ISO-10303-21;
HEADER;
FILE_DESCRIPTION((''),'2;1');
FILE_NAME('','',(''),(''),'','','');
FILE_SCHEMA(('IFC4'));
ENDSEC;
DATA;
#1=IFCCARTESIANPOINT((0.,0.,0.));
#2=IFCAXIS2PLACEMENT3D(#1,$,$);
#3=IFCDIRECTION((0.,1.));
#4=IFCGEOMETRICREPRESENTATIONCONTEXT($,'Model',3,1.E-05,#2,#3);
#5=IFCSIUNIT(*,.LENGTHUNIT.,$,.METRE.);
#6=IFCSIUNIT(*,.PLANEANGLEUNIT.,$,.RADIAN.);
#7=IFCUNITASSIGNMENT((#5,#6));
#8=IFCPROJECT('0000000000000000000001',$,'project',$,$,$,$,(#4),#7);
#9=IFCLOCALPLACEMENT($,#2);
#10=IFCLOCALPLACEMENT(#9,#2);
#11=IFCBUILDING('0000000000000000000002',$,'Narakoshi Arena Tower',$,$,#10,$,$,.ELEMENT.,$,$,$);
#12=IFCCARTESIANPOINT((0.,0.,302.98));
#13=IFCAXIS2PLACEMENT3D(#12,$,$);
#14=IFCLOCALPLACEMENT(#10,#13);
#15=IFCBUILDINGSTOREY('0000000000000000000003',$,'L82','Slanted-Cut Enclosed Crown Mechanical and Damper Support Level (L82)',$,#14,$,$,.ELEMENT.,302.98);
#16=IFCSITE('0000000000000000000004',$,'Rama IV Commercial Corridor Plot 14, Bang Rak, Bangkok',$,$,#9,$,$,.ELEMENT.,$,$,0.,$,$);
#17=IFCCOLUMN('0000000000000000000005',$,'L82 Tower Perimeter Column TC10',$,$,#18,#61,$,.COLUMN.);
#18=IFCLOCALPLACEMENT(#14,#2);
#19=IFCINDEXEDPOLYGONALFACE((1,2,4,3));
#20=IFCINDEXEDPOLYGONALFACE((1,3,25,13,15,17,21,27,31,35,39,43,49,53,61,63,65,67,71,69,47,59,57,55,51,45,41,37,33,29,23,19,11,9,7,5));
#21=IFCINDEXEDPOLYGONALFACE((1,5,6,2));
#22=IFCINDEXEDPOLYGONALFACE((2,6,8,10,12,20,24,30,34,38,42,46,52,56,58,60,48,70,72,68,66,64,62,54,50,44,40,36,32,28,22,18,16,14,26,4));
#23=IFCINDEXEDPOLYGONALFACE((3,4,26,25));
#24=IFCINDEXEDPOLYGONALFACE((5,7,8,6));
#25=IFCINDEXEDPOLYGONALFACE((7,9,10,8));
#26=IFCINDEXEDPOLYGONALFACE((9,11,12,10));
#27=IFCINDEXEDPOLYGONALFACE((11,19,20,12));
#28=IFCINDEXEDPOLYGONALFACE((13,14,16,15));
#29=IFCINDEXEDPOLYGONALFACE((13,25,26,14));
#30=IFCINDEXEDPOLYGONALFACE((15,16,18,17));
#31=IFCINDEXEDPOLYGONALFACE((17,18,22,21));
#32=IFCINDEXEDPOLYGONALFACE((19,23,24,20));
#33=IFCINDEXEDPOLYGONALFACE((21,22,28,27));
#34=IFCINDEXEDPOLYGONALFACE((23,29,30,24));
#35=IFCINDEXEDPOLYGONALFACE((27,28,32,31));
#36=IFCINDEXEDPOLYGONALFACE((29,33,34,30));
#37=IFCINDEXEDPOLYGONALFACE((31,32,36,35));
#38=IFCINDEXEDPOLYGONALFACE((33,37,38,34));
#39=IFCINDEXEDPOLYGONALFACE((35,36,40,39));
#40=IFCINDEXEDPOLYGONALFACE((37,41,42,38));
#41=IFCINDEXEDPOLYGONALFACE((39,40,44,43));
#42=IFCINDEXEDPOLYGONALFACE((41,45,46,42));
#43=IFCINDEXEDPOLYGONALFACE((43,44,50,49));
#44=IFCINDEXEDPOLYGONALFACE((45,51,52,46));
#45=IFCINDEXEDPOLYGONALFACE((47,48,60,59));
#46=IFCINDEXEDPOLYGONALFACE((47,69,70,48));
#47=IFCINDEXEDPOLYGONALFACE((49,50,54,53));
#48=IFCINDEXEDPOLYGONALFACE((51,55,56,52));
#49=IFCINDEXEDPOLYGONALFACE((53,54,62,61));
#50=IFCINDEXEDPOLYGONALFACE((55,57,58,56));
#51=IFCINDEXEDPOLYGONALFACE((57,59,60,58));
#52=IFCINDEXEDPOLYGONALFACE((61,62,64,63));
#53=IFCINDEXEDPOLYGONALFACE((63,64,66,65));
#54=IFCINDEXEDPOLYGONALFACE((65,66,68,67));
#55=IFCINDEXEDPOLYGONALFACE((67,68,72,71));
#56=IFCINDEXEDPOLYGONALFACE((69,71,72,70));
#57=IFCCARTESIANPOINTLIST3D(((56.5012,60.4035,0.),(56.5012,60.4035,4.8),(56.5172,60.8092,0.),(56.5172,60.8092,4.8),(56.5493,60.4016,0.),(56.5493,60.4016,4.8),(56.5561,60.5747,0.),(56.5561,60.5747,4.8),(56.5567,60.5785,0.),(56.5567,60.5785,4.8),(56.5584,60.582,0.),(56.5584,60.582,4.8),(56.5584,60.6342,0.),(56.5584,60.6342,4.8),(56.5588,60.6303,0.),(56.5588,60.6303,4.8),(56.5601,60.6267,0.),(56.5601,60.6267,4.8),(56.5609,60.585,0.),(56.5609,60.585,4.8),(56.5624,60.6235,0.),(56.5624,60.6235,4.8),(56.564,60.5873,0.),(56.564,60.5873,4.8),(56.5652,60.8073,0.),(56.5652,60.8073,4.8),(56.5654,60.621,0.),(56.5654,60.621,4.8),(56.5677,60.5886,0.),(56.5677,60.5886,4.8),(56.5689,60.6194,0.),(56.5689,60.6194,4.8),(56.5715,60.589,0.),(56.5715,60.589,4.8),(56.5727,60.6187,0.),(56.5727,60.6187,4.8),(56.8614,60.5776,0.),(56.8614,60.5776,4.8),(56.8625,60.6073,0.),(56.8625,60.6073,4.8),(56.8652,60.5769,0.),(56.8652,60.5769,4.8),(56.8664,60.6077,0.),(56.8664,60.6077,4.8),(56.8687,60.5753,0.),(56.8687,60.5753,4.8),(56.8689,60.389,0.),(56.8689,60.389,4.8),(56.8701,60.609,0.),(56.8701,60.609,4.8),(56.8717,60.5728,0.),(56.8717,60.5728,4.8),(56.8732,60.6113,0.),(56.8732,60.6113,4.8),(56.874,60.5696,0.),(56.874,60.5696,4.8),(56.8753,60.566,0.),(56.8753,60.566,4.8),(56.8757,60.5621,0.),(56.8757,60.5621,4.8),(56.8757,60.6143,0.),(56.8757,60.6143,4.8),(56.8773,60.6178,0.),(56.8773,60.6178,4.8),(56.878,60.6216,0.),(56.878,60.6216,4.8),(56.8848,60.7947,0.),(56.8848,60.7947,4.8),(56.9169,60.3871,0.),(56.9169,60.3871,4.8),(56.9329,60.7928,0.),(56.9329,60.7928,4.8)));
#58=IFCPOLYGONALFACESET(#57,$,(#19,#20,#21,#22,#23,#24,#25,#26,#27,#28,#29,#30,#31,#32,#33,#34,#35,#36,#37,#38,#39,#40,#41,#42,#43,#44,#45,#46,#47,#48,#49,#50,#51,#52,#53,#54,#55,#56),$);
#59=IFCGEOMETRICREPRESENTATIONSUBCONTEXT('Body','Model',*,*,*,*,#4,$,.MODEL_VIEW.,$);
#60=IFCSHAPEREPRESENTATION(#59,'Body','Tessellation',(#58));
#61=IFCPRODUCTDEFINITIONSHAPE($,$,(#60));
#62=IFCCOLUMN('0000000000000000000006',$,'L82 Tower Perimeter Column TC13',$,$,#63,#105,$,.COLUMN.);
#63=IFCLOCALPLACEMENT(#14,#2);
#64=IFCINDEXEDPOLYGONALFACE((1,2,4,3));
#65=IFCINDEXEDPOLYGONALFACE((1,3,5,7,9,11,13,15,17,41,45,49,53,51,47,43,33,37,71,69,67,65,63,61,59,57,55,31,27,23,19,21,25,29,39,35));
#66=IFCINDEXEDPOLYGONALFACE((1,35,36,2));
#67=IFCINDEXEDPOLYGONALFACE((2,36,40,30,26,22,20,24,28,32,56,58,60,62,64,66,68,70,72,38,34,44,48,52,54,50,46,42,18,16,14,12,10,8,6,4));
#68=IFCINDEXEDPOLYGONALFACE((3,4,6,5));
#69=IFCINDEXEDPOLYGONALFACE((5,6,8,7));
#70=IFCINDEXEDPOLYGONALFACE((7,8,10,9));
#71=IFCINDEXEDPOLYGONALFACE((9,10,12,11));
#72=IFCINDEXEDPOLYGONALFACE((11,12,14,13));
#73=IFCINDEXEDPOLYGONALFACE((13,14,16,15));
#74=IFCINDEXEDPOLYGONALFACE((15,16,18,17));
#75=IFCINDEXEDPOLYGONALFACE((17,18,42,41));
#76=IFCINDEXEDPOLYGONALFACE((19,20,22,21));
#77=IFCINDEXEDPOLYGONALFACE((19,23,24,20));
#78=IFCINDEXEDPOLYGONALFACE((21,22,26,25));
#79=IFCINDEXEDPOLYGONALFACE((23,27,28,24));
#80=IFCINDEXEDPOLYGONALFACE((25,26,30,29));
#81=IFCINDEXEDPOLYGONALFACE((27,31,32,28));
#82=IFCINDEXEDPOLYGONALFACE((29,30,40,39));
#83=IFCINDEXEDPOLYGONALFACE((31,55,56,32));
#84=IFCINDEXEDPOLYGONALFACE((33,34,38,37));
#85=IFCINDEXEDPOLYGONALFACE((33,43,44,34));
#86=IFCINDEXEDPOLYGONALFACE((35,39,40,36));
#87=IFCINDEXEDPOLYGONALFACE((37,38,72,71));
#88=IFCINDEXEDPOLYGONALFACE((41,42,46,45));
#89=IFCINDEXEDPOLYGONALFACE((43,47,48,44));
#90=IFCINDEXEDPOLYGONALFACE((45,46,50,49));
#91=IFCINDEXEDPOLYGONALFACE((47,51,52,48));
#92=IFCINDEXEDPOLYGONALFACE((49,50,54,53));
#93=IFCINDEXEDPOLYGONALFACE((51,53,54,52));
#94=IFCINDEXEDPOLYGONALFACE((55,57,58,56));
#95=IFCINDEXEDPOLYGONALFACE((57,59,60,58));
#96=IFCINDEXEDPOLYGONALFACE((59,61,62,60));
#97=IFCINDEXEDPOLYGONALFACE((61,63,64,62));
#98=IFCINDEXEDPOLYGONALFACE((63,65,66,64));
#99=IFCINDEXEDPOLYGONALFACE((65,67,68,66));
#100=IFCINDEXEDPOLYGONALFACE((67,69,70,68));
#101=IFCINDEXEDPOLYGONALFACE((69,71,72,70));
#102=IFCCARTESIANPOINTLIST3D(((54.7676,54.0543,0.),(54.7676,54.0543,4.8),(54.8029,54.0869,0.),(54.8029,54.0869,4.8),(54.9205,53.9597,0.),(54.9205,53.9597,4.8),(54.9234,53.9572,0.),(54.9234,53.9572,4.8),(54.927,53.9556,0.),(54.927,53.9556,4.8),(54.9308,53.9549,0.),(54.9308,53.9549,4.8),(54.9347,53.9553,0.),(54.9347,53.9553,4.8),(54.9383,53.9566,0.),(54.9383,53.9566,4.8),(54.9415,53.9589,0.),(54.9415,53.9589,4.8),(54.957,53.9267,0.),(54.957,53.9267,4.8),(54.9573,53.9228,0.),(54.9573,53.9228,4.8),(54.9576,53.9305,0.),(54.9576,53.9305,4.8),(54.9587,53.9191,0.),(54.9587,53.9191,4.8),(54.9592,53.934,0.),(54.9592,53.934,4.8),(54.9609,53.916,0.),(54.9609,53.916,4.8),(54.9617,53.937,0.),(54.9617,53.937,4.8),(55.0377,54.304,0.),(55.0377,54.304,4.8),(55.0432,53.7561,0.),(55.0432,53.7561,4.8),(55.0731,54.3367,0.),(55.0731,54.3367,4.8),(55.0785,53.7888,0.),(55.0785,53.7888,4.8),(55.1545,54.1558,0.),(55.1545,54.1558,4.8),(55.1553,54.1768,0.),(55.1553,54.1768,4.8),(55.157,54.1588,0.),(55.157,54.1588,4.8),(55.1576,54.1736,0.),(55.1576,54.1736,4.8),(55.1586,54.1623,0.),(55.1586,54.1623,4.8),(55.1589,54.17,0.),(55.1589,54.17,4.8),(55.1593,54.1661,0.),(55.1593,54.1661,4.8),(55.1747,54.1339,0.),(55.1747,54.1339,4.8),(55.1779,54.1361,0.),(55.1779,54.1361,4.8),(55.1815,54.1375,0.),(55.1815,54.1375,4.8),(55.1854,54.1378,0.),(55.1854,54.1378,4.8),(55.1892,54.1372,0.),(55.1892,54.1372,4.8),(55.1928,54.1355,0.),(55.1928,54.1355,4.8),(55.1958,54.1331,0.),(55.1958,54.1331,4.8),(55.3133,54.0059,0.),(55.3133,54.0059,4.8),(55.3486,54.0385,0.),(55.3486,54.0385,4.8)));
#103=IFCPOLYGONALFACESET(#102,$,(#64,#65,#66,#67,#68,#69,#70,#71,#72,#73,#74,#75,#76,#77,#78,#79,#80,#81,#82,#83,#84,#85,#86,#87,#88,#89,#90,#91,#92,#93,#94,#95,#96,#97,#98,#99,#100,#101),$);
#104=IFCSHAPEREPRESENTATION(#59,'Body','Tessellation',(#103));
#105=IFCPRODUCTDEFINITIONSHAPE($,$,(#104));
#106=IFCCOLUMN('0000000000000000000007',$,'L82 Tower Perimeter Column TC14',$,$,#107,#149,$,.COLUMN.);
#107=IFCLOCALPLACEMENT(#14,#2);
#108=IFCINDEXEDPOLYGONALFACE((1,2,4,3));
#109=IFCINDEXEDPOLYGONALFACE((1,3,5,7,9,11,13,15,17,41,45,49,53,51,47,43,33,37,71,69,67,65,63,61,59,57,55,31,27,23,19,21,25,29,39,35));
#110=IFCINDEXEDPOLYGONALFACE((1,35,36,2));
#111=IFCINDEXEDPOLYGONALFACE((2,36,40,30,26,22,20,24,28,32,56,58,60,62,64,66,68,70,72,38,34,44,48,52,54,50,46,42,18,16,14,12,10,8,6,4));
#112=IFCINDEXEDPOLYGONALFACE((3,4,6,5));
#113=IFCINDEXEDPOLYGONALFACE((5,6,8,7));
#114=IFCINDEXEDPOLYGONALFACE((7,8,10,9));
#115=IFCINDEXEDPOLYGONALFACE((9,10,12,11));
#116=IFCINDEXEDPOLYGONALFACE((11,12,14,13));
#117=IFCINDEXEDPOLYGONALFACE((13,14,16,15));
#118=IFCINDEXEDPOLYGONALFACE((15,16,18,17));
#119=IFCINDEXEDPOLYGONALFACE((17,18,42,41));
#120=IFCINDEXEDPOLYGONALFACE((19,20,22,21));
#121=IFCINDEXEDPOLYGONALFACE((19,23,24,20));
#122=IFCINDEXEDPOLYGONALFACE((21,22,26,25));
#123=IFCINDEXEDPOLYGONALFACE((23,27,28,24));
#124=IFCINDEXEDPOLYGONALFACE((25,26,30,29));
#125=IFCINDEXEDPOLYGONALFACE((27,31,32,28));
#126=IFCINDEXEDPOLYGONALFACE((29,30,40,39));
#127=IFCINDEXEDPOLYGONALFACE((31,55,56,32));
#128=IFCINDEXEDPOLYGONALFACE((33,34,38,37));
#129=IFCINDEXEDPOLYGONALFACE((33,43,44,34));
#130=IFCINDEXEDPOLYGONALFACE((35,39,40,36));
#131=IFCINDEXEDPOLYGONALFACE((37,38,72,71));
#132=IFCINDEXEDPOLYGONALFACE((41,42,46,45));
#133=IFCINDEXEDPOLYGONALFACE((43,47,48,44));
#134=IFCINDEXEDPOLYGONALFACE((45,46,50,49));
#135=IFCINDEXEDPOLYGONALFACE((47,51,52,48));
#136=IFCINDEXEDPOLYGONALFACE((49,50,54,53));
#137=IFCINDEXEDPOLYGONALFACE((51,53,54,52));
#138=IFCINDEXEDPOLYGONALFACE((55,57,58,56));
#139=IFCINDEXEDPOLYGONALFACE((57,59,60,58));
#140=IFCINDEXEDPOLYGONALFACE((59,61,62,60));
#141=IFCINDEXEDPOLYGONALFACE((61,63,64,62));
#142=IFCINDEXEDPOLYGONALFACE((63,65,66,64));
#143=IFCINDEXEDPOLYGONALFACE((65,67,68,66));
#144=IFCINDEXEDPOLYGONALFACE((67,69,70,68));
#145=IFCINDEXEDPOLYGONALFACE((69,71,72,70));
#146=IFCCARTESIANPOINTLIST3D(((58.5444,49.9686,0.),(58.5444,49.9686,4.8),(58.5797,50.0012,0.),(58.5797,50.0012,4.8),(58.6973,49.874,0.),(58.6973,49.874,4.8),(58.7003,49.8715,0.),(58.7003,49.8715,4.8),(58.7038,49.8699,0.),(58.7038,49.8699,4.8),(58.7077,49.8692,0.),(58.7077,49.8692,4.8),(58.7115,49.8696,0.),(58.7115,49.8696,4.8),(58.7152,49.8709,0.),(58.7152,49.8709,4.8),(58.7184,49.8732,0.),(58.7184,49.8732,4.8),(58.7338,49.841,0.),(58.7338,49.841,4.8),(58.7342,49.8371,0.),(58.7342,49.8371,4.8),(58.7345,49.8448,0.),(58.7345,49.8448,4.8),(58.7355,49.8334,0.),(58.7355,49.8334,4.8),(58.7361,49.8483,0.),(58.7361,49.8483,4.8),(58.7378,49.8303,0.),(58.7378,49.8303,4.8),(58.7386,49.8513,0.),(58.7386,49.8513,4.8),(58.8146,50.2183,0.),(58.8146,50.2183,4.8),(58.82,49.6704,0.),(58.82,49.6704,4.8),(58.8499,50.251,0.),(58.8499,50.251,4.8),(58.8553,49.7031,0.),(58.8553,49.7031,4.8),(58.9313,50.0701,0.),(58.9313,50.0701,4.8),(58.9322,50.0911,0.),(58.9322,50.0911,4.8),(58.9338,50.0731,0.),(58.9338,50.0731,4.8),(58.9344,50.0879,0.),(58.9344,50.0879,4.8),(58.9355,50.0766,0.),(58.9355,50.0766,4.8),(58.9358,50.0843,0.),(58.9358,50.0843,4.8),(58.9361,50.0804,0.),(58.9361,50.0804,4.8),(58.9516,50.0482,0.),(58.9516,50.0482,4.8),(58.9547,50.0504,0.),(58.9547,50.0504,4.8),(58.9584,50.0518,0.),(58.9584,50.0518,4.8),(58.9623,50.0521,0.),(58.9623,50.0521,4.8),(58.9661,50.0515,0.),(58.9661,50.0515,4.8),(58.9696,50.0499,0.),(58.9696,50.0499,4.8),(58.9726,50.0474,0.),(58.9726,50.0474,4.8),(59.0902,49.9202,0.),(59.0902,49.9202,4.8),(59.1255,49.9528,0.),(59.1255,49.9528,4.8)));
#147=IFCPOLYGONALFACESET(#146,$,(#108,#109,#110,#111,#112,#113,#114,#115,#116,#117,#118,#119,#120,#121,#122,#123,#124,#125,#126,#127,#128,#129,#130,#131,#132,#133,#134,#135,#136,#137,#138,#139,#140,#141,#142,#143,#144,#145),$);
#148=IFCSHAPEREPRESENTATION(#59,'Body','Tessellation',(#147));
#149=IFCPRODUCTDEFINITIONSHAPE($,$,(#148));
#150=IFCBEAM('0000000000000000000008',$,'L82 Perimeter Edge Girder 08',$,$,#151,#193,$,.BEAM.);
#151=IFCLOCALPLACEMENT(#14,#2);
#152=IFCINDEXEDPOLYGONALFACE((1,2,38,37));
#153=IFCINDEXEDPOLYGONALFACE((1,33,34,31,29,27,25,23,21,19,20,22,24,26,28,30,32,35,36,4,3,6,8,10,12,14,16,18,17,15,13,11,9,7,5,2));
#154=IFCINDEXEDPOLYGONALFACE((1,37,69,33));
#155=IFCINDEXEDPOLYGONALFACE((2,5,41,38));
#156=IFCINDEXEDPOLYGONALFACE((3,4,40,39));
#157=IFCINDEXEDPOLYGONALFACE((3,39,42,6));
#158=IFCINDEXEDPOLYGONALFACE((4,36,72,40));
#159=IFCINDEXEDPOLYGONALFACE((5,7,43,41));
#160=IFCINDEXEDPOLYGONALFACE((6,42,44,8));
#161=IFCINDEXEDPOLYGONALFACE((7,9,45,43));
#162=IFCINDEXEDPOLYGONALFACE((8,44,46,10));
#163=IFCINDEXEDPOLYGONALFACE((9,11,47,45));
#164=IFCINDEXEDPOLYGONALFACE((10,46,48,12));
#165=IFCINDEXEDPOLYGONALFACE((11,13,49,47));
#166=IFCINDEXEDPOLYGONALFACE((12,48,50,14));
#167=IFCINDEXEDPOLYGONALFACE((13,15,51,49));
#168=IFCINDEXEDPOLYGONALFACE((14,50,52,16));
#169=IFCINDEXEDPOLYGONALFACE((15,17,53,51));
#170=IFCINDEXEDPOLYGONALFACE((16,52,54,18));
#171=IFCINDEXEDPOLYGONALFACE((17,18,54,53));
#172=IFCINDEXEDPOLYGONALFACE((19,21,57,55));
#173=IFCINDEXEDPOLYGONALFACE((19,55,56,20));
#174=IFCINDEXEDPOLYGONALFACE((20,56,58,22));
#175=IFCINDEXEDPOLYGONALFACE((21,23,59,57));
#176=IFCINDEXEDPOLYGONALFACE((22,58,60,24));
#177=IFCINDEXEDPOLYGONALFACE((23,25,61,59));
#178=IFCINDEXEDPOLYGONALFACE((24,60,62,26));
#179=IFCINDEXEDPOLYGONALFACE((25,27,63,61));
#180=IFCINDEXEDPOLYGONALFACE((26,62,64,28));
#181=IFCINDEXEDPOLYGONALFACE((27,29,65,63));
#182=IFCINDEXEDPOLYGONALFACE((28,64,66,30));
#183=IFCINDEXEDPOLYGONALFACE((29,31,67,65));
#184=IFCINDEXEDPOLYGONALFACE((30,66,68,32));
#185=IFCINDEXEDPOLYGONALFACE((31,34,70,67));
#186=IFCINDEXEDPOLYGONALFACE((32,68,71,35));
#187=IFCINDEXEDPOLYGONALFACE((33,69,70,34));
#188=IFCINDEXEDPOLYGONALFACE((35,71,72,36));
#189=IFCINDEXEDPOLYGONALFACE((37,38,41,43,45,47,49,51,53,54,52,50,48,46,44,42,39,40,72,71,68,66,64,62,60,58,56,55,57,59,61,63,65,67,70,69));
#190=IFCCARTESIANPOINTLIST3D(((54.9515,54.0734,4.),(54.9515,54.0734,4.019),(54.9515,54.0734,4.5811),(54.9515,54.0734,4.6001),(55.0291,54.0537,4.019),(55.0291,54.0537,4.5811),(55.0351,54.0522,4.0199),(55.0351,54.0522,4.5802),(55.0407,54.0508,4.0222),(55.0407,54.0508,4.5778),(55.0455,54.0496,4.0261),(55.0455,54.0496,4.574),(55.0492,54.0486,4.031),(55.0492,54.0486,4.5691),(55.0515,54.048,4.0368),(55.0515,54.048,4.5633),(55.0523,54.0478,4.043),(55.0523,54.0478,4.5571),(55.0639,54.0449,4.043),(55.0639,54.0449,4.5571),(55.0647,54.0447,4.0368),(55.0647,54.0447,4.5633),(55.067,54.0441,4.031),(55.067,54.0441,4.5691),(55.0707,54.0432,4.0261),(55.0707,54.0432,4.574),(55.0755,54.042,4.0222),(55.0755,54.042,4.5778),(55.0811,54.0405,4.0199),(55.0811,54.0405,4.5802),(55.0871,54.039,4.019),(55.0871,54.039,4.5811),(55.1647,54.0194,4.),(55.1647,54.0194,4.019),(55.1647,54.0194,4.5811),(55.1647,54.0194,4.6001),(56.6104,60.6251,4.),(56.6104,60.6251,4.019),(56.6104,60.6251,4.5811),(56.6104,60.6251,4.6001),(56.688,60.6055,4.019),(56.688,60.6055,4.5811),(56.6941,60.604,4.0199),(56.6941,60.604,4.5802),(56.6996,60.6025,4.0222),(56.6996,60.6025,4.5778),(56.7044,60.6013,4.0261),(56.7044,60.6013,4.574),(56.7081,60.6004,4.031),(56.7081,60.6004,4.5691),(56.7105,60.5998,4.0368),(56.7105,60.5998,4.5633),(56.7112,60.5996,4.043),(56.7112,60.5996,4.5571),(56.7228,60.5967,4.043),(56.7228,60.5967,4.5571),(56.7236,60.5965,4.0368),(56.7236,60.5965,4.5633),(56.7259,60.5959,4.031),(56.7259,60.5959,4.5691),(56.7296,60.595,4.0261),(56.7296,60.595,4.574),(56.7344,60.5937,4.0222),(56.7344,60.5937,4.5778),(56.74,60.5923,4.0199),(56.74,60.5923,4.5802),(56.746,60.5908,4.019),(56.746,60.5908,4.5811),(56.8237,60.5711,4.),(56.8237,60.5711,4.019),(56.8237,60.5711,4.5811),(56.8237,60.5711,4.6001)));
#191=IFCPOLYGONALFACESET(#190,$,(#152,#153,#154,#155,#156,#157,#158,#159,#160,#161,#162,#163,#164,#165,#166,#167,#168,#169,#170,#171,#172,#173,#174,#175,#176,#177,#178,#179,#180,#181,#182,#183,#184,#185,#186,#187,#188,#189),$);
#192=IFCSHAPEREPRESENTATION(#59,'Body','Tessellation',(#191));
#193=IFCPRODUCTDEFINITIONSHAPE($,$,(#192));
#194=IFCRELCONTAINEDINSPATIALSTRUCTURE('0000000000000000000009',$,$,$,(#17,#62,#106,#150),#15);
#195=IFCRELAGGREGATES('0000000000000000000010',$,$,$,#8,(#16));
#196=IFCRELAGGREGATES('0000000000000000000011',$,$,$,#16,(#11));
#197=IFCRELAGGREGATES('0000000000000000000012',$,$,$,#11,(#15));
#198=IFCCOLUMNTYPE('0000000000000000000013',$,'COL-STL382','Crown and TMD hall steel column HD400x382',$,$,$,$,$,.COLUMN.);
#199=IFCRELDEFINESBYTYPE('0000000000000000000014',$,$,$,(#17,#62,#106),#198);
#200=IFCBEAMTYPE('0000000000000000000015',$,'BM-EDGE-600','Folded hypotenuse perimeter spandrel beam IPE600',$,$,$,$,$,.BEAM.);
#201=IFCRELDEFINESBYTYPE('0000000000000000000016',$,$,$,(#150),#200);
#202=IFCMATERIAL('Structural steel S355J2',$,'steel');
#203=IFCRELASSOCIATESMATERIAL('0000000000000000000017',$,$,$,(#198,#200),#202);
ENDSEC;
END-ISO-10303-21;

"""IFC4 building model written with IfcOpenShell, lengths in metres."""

from ifc_helpers import new_model, si_unit, direction, frame, origin, origin_2d, place, context, subcontext, project, spatial, i_section, extrude, material, material_profile, profile_set, type_object, element, save


model = new_model("IFC4")

# Units and contexts
model_context = context("Model", 3, precision=1e-05, world=origin(), true_north=direction((0.0, 1.0)))
body_context = subcontext(model_context, "Body", "Model", "MODEL_VIEW")
ifc_project = project(units=[si_unit("LENGTHUNIT", "METRE"), si_unit("PLANEANGLEUNIT", "RADIAN")], contexts=[model_context])

# Site, building, storey
site_placement = place(None, origin())
site = spatial("IfcSite", under=ifc_project, at=site_placement, Name="Rama IV Commercial Corridor Plot 14, Bang Rak, Bangkok", CompositionType="ELEMENT", RefElevation=0.0)
building_placement = place(site_placement, origin())
building = spatial("IfcBuilding", under=site, at=building_placement, Name="Narakoshi Arena Tower", CompositionType="ELEMENT")
storey_placement = place(building_placement, frame((0.0, 0.0, 302.98)))
storey = spatial("IfcBuildingStorey", under=building, at=storey_placement, Name="L82", Description="Slanted-Cut Enclosed Crown Mechanical and Damper Support Level (L82)", CompositionType="ELEMENT", Elevation=302.98)

# Columns
ifc_material_1 = material(Name="Structural steel S355J2", Category="steel")
ifc_material_profile_1 = material_profile(ifc_material_1, i_section(OverallWidth=0.406, OverallDepth=0.416, WebThickness=0.0298, FlangeThickness=0.0481, FilletRadius=0.0149, at=origin_2d()), Name="HD400x382")
ifc_profile_set_1 = profile_set([ifc_material_profile_1], Name="Structural steel S355J2")
column_type = type_object("IfcColumnType", Name="COL-STL382", Description="Crown and TMD hall steel column HD400x382", PredefinedType="COLUMN", material=ifc_profile_set_1)
for number, where, z_axis, x_axis, name in (
    (1, (56.717, 60.5981, 0.0), (0.0, 0.0, 1.0), (0.03926, 0.999229, 0.0), "L82 Tower Perimeter Column TC10"),
    (2, (55.0581, 54.0464, 0.0), (0.0, 0.0, 1.0), (-0.678801, 0.734323, 0.0), "L82 Tower Perimeter Column TC13"),
    (3, (58.835, 49.9607, 0.0), (0.0, 0.0, 1.0), (-0.678801, 0.734323, 0.0), "L82 Tower Perimeter Column TC14"),
):
    element("IfcColumn", number, at=place(storey_placement, frame(where, z_axis=z_axis, x_axis=x_axis)), inside=storey, type_object=column_type, Name=name, PredefinedType="COLUMN", context=body_context, shape_type="SweptSolid", body=[
        extrude(i_section(OverallWidth=0.406, OverallDepth=0.416, WebThickness=0.0298, FlangeThickness=0.0481, FilletRadius=0.0149, at=origin_2d()), origin(), (0.0, 0.0, 1.0), 4.8),
    ])

# Beam
ifc_material_profile_2 = material_profile(ifc_material_1, i_section(OverallWidth=0.22, OverallDepth=0.6001, WebThickness=0.012, FlangeThickness=0.019, FilletRadius=0.0239, at=origin_2d()), Name="IPE600")
ifc_profile_set_2 = profile_set([ifc_material_profile_2], Name="Structural steel S355J2")
beam_type_1 = type_object("IfcBeamType", Name="BM-EDGE-600", Description="Folded hypotenuse perimeter spandrel beam IPE600", PredefinedType="BEAM", material=ifc_profile_set_2)
beam_1_placement = place(storey_placement, frame((56.717, 60.5981, 4.3), z_axis=(-0.245458, -0.969407, 0.0), x_axis=(0.969407, -0.245458, 0.0)))
element("IfcBeam", 4, at=beam_1_placement, inside=storey, type_object=beam_type_1, Name="L82 Perimeter Edge Girder 08", PredefinedType="BEAM", context=body_context, shape_type="SweptSolid", body=[
    extrude(i_section(OverallWidth=0.22, OverallDepth=0.6001, WebThickness=0.012, FlangeThickness=0.019, FilletRadius=0.0239, at=origin_2d()), origin(), (0.0, 0.0, 1.0), 6.7585),
])

save(model, "model.ifc")
